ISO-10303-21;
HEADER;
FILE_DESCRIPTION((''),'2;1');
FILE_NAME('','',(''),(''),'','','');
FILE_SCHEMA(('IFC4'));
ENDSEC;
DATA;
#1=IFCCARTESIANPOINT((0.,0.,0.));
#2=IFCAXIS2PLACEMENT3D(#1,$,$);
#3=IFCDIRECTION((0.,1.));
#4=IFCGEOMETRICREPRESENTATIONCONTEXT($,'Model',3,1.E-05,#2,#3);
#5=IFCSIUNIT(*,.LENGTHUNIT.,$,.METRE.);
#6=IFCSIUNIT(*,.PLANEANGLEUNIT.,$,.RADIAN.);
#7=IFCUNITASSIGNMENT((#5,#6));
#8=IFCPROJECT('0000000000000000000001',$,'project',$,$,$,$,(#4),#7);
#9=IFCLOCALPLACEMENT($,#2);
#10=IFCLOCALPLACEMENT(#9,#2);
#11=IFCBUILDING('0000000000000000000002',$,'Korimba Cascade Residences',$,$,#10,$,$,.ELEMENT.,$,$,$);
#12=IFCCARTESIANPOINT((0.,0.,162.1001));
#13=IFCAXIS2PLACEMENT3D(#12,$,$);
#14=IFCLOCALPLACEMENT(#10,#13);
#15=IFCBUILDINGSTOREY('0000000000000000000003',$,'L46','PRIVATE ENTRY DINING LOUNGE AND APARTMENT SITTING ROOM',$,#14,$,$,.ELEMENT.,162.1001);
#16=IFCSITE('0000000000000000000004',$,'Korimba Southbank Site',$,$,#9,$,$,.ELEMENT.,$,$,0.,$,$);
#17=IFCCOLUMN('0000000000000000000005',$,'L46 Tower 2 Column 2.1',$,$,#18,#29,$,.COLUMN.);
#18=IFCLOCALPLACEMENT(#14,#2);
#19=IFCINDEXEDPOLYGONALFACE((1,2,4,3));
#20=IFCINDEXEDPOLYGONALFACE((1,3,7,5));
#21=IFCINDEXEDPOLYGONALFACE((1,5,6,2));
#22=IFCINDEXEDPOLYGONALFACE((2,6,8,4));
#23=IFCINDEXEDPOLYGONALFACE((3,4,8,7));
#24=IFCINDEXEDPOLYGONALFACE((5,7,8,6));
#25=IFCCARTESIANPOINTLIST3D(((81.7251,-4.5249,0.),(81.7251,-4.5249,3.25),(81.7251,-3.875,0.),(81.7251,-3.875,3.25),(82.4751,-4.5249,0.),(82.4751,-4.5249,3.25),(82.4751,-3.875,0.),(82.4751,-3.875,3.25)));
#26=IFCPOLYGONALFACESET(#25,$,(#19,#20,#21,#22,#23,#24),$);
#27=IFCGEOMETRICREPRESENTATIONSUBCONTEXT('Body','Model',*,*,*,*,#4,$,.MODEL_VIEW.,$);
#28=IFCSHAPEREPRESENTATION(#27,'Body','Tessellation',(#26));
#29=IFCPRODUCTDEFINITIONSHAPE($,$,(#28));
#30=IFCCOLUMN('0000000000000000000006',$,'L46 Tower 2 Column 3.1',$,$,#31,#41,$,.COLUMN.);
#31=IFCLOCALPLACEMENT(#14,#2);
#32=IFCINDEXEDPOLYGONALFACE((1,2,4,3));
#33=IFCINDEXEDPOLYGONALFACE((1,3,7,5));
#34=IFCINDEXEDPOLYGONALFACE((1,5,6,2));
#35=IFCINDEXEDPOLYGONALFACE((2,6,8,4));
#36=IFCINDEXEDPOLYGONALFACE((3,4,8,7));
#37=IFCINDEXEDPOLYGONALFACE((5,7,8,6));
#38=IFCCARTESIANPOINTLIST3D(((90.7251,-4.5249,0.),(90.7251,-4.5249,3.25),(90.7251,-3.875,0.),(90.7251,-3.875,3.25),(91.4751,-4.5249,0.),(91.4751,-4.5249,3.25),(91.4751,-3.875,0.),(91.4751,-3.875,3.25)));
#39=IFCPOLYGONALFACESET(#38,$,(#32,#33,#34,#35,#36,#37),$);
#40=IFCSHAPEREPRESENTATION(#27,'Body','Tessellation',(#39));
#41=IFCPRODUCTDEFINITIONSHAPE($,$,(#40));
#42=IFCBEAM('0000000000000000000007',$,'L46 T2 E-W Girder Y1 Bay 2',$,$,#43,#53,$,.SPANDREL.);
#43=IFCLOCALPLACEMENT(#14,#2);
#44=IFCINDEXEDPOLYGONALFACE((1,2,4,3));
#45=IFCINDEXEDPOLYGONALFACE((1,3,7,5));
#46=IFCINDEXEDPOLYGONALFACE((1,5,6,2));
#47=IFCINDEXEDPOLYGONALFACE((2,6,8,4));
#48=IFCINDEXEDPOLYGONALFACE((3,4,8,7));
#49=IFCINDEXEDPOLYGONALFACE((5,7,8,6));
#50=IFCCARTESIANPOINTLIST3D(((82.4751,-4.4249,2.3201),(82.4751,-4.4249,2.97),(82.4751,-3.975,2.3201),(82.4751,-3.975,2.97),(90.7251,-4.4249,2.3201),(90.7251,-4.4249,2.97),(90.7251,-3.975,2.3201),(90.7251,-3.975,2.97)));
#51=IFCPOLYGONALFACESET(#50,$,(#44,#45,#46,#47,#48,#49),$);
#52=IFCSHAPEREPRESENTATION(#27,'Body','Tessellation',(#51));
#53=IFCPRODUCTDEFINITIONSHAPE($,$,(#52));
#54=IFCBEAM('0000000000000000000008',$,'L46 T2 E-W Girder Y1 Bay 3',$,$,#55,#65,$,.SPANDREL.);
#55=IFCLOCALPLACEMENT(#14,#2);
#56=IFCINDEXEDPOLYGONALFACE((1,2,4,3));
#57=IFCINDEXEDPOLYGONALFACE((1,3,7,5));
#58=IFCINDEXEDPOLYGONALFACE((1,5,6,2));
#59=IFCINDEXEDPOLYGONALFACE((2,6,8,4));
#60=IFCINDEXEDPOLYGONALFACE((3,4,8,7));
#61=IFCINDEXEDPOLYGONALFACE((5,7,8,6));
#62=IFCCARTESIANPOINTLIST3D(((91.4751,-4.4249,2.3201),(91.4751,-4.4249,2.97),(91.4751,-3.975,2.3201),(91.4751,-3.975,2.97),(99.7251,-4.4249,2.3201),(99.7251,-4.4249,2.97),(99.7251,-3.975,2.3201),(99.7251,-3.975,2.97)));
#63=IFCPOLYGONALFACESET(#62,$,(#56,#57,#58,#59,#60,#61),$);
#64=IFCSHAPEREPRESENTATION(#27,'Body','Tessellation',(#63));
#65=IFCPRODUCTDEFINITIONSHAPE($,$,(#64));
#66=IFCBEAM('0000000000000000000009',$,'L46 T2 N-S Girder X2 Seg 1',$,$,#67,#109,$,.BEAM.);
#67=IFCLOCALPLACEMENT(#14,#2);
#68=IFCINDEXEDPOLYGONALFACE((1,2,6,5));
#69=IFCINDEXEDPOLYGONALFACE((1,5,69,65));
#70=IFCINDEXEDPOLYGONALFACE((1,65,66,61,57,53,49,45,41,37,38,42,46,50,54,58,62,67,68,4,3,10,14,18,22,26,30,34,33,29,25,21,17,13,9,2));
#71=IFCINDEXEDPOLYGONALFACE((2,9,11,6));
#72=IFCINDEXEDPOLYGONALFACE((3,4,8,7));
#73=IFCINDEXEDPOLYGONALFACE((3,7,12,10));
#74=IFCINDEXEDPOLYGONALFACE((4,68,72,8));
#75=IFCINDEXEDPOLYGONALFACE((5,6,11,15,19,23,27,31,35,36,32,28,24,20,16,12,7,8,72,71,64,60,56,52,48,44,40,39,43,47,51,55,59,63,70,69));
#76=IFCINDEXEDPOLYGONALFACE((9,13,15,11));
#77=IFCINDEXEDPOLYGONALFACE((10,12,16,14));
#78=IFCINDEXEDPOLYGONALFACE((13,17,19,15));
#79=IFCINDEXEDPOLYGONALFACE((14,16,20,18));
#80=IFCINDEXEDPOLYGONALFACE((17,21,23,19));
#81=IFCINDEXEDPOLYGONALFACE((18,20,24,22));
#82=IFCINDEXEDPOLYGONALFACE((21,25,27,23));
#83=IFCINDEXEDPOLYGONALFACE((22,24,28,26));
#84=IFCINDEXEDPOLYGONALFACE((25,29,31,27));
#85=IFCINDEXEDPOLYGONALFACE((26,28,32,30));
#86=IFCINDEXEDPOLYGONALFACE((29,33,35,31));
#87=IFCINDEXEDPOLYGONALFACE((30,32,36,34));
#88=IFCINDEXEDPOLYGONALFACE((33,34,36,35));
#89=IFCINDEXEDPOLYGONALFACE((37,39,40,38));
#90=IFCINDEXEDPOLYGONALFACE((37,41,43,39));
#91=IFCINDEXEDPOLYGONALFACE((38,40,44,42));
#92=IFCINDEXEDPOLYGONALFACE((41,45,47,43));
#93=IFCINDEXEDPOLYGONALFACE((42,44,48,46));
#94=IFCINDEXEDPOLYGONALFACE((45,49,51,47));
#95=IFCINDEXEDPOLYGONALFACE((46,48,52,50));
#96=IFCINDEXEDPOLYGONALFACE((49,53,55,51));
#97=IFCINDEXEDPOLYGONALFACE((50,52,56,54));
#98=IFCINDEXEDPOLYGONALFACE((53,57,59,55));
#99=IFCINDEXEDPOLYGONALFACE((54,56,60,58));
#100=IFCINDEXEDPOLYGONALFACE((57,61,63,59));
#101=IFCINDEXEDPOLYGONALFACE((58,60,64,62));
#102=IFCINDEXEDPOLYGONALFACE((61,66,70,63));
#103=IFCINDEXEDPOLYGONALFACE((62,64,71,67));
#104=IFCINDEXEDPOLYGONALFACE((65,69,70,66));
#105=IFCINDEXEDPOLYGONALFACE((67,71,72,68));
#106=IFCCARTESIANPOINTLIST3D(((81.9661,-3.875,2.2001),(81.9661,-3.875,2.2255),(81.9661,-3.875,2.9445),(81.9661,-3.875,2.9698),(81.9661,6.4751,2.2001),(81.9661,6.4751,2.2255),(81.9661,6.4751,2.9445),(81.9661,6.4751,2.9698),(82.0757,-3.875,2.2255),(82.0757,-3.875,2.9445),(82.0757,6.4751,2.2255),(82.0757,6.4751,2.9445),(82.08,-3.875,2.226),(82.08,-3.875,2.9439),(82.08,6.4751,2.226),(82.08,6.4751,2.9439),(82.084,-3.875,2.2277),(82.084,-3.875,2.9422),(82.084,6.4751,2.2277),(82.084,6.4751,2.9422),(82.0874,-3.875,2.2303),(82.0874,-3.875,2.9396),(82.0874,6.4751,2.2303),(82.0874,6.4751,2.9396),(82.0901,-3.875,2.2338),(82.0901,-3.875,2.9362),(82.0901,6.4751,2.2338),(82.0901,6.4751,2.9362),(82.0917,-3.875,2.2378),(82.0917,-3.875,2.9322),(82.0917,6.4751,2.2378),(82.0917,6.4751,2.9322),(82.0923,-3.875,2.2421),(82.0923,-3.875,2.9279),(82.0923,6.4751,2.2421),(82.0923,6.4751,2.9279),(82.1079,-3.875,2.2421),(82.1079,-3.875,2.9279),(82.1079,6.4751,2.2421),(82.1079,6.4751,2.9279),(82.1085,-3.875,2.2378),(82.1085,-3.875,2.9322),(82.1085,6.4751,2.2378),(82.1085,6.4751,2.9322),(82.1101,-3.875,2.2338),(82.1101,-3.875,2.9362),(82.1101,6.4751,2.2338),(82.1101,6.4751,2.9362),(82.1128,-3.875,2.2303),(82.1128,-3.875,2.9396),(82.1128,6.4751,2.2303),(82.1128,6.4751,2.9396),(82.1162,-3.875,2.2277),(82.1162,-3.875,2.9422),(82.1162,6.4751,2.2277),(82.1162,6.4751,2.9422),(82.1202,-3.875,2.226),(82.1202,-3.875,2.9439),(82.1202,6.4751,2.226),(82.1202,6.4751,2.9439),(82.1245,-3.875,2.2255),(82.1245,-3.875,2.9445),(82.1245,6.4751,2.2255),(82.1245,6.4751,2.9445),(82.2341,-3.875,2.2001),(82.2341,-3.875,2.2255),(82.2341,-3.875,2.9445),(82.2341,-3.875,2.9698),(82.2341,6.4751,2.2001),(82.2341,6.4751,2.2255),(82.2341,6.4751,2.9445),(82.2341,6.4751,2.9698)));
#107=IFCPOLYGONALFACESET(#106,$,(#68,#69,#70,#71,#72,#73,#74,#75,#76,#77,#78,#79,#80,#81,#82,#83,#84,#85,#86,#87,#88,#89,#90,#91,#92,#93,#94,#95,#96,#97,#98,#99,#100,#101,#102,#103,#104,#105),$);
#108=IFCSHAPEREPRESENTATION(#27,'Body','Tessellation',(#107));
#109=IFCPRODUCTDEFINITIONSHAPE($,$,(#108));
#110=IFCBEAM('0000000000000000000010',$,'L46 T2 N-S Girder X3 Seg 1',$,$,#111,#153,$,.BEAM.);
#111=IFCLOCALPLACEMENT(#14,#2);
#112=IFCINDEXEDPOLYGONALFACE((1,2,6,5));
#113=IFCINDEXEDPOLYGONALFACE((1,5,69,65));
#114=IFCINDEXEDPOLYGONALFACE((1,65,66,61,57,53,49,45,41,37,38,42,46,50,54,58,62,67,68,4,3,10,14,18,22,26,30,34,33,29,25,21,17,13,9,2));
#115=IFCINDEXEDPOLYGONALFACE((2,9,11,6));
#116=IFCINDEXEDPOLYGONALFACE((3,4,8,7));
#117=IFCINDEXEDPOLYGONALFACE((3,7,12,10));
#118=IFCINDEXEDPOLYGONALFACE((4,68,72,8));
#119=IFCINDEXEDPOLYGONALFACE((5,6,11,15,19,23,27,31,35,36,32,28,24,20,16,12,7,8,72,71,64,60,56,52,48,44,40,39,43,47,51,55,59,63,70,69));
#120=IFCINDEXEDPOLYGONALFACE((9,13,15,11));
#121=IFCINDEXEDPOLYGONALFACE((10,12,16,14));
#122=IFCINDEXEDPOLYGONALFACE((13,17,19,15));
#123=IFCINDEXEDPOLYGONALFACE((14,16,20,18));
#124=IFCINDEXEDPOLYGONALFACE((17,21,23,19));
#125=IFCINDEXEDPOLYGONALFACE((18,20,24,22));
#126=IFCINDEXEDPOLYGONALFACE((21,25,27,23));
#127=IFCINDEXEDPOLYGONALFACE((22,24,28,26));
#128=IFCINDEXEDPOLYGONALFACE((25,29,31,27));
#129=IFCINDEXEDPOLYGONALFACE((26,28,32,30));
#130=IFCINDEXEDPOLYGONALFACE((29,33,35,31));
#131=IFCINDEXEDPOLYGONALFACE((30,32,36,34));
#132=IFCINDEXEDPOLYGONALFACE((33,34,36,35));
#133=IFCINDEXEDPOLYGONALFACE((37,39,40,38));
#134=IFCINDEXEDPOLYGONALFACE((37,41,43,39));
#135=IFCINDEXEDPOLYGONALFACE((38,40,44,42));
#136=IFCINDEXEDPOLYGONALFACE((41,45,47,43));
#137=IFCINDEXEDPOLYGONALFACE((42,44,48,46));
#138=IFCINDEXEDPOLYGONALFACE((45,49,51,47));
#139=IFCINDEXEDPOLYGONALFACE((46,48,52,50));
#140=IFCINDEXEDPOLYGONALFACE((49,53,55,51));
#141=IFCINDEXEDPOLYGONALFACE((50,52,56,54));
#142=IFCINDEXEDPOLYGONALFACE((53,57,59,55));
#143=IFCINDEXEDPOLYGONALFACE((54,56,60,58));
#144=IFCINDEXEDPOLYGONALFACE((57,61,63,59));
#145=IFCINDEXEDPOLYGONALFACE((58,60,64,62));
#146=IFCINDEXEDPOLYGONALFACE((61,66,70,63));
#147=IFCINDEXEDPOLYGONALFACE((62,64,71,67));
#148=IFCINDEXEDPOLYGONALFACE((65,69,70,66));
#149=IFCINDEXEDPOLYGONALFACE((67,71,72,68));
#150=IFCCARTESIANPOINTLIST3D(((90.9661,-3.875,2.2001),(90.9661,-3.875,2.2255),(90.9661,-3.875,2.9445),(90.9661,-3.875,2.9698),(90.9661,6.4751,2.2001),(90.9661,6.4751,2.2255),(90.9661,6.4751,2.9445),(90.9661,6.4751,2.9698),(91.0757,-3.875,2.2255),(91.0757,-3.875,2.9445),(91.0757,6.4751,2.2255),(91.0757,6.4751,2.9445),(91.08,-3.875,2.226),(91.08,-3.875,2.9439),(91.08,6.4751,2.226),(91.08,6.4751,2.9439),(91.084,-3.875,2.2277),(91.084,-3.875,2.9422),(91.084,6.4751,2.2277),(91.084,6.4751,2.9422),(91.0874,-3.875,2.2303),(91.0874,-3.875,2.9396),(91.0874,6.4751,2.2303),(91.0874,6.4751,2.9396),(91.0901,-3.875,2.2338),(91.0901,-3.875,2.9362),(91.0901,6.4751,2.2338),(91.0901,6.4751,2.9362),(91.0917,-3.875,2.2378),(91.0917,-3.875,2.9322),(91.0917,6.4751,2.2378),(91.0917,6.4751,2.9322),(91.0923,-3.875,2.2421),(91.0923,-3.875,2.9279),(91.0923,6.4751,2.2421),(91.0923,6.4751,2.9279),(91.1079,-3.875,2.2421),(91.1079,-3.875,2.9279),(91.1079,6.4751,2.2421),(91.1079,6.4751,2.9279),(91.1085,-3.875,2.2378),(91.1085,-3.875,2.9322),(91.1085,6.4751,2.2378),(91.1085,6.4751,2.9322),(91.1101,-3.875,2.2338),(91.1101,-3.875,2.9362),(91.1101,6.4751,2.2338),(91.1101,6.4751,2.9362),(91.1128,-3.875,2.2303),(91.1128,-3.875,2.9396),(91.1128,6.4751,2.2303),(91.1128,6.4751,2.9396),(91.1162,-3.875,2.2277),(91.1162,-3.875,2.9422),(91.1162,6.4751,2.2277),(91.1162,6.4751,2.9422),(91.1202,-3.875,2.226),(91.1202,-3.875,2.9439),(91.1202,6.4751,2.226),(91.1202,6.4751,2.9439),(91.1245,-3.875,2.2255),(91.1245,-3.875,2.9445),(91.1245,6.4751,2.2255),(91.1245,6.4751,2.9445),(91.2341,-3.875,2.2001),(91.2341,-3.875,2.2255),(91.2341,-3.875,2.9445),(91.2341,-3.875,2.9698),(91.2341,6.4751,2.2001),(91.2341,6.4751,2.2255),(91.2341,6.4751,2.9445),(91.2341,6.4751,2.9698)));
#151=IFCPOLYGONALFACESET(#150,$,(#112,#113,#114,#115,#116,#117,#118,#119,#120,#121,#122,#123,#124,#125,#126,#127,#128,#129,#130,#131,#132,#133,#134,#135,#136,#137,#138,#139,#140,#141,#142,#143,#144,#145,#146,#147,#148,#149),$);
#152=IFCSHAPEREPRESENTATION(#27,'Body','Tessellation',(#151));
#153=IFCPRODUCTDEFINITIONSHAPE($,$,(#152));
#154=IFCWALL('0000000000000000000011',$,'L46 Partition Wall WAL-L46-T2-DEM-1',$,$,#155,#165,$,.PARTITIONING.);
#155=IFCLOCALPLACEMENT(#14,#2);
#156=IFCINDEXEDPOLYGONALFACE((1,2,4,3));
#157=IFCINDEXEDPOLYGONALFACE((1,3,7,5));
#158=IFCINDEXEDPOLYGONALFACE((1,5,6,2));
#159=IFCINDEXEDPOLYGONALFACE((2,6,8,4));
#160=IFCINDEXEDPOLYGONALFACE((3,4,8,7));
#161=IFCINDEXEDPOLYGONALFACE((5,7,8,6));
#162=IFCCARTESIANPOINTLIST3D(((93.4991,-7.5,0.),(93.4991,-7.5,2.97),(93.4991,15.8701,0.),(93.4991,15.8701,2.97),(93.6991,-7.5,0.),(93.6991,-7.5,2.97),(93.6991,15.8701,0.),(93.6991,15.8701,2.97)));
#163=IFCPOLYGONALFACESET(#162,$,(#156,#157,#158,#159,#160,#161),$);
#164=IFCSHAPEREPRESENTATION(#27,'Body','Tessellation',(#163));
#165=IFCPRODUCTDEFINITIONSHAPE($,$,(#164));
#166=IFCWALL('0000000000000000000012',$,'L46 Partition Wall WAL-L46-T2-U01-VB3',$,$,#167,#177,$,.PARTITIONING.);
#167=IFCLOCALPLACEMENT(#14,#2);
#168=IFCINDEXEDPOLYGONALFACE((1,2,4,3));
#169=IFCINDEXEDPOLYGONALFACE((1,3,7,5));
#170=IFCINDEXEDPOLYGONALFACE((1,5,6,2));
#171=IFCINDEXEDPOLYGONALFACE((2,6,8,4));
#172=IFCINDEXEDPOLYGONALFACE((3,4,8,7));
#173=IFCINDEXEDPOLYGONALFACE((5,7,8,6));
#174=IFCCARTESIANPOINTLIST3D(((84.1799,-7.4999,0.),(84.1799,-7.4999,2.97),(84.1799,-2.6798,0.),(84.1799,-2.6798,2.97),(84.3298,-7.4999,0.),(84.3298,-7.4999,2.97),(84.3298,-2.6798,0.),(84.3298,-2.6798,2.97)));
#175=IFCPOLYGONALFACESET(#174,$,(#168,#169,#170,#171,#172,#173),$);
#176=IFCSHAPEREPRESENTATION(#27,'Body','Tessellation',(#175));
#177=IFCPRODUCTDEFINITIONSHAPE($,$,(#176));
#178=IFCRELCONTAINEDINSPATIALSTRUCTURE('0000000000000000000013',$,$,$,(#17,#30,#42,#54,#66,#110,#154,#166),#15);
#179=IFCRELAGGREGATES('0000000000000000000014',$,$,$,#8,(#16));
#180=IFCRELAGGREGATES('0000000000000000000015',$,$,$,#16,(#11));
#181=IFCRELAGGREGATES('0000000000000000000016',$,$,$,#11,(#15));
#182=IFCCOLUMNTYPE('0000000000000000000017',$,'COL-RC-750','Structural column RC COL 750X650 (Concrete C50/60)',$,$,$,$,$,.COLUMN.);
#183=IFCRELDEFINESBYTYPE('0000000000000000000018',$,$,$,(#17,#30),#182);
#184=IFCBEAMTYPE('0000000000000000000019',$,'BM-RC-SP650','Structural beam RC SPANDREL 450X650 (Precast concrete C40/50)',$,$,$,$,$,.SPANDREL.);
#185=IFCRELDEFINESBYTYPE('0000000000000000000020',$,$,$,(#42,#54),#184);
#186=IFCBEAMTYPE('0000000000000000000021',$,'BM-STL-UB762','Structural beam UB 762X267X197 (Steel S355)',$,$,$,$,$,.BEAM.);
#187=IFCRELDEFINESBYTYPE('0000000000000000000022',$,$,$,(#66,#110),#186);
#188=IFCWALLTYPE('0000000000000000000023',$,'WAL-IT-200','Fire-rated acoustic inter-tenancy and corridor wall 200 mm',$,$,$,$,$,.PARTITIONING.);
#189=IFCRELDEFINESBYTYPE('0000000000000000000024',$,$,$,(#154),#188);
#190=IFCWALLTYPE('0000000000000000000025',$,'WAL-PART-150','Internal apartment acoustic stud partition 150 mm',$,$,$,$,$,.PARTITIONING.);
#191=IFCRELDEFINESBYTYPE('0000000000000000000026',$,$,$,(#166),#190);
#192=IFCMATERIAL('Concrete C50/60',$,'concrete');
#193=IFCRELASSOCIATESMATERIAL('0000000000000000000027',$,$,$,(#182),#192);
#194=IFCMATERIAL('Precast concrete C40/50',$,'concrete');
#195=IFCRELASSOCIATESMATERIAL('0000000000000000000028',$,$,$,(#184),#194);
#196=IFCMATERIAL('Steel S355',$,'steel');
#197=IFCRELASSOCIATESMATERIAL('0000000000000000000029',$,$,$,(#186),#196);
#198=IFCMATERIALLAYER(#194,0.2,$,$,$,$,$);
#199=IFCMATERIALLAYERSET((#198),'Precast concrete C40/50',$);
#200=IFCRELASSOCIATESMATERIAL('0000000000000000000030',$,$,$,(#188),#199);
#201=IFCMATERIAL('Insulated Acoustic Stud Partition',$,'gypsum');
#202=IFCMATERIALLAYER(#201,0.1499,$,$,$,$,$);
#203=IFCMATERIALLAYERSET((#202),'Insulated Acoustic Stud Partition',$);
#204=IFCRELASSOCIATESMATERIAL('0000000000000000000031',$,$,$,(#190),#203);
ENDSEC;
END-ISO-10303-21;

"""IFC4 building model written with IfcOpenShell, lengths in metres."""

from ifc_helpers import new_model, si_unit, direction, frame, frame_2d, origin, origin_2d, place, context, subcontext, project, spatial, rectangle, i_section, extrude, material, layer, layer_set, material_profile, profile_set, type_object, element, save


model = new_model("IFC4")

# Units and contexts
model_context = context("Model", 3, precision=1e-05, world=origin(), true_north=direction((0.0, 1.0)))
body_context = subcontext(model_context, "Body", "Model", "MODEL_VIEW")
ifc_project = project(units=[si_unit("LENGTHUNIT", "METRE"), si_unit("PLANEANGLEUNIT", "RADIAN")], contexts=[model_context])

# Site, building, storey
site_placement = place(None, origin())
site = spatial("IfcSite", under=ifc_project, at=site_placement, Name="Korimba Southbank Site", CompositionType="ELEMENT", RefElevation=0.0)
building_placement = place(site_placement, origin())
building = spatial("IfcBuilding", under=site, at=building_placement, Name="Korimba Cascade Residences", CompositionType="ELEMENT")
storey_placement = place(building_placement, frame((0.0, 0.0, 162.1001)))
storey = spatial("IfcBuildingStorey", under=building, at=storey_placement, Name="L46", Description="PRIVATE ENTRY DINING LOUNGE AND APARTMENT SITTING ROOM", CompositionType="ELEMENT", Elevation=162.1001)

# Columns
ifc_material_1 = material(Name="Concrete C50/60", Category="concrete")
ifc_material_profile_1 = material_profile(ifc_material_1, rectangle(XDim=0.75, YDim=0.6499, at=origin_2d()), Name="Concrete C50/60")
ifc_profile_set_1 = profile_set([ifc_material_profile_1], Name="Concrete C50/60")
column_type = type_object("IfcColumnType", Name="COL-RC-750", Description="Structural column RC COL 750X650 (Concrete C50/60)", PredefinedType="COLUMN", material=ifc_profile_set_1)
for number, where, z_axis, x_axis, name in (
    (1, (82.1001, -4.2, 0.0), (0.0, 0.0, 1.0), (1.0, 0.0, 0.0), "L46 Tower 2 Column 2.1"),
    (2, (91.1001, -4.2, 0.0), (0.0, 0.0, 1.0), (1.0, 0.0, 0.0), "L46 Tower 2 Column 3.1"),
):
    element("IfcColumn", number, at=place(storey_placement, frame(where, z_axis=z_axis, x_axis=x_axis)), inside=storey, type_object=column_type, Name=name, PredefinedType="COLUMN", context=body_context, shape_type="SweptSolid", body=[
        extrude(rectangle(XDim=0.75, YDim=0.6499, at=origin_2d()), origin(), (0.0, 0.0, 1.0), 3.25),
    ])

# Beams
ifc_material_2 = material(Name="Precast concrete C40/50", Category="concrete")
ifc_material_profile_2 = material_profile(ifc_material_2, rectangle(XDim=0.45, YDim=0.6499, at=origin_2d()), Name="Precast concrete C40/50")
ifc_profile_set_2 = profile_set([ifc_material_profile_2], Name="Precast concrete C40/50")
beam_type_1 = type_object("IfcBeamType", Name="BM-RC-SP650", Description="Structural beam RC SPANDREL 450X650 (Precast concrete C40/50)", PredefinedType="SPANDREL", material=ifc_profile_set_2)
for number, where, z_axis, x_axis, name in (
    (3, (82.4751, -4.2, 2.645), (1.0, 0.0, 0.0), (0.0, 1.0, 0.0), "L46 T2 E-W Girder Y1 Bay 2"),
    (4, (91.4751, -4.2, 2.645), (1.0, 0.0, 0.0), (0.0, 1.0, 0.0), "L46 T2 E-W Girder Y1 Bay 3"),
):
    element("IfcBeam", number, at=place(storey_placement, frame(where, z_axis=z_axis, x_axis=x_axis)), inside=storey, type_object=beam_type_1, Name=name, PredefinedType="SPANDREL", context=body_context, shape_type="SweptSolid", body=[
        extrude(rectangle(XDim=0.45, YDim=0.6499, at=origin_2d()), origin(), (0.0, 0.0, 1.0), 8.25),
    ])
ifc_material_3 = material(Name="Steel S355", Category="steel")
ifc_material_profile_3 = material_profile(ifc_material_3, i_section(OverallWidth=0.2681, OverallDepth=0.7698, WebThickness=0.0156, FlangeThickness=0.0254, FilletRadius=0.0166, at=origin_2d()), Name="Steel S355")
ifc_profile_set_3 = profile_set([ifc_material_profile_3], Name="Steel S355")
beam_type_2 = type_object("IfcBeamType", Name="BM-STL-UB762", Description="Structural beam UB 762X267X197 (Steel S355)", PredefinedType="BEAM", material=ifc_profile_set_3)
for number, where, z_axis, x_axis, name in (
    (5, (82.1001, -3.875, 2.585), (0.0, 1.0, 0.0), (-1.0, 0.0, 0.0), "L46 T2 N-S Girder X2 Seg 1"),
    (6, (91.1001, -3.875, 2.585), (0.0, 1.0, 0.0), (-1.0, 0.0, 0.0), "L46 T2 N-S Girder X3 Seg 1"),
):
    element("IfcBeam", number, at=place(storey_placement, frame(where, z_axis=z_axis, x_axis=x_axis)), inside=storey, type_object=beam_type_2, Name=name, PredefinedType="BEAM", context=body_context, shape_type="SweptSolid", body=[
        extrude(i_section(OverallWidth=0.2681, OverallDepth=0.7698, WebThickness=0.0156, FlangeThickness=0.0254, FilletRadius=0.0166, at=origin_2d()), origin(), (0.0, 0.0, 1.0), 10.3501),
    ])

# Walls
ifc_layer_1 = layer(ifc_material_2, 0.2)
ifc_layer_set_1 = layer_set([ifc_layer_1], Name="Precast concrete C40/50")
wall_type_1 = type_object("IfcWallType", Name="WAL-IT-200", Description="Fire-rated acoustic inter-tenancy and corridor wall 200 mm", PredefinedType="PARTITIONING", material=ifc_layer_set_1)
wall_1_placement = place(storey_placement, frame((93.5991, -7.5, 0.0), z_axis=(0.0, 0.0, 1.0), x_axis=(0.0, 1.0, 0.0)))
element("IfcWall", 7, at=wall_1_placement, inside=storey, type_object=wall_type_1, Name="L46 Partition Wall WAL-L46-T2-DEM-1", PredefinedType="PARTITIONING", context=body_context, shape_type="SweptSolid", body=[
    extrude(rectangle(XDim=23.3701, YDim=0.2, at=frame_2d((11.6851, 0.0))), origin(), (0.0, 0.0, 1.0), 2.97),
])
ifc_material_4 = material(Name="Insulated Acoustic Stud Partition", Category="gypsum")
ifc_layer_2 = layer(ifc_material_4, 0.1499)
ifc_layer_set_2 = layer_set([ifc_layer_2], Name="Insulated Acoustic Stud Partition")
wall_type_2 = type_object("IfcWallType", Name="WAL-PART-150", Description="Internal apartment acoustic stud partition 150 mm", PredefinedType="PARTITIONING", material=ifc_layer_set_2)
wall_2_placement = place(storey_placement, frame((84.2549, -7.5, 0.0), z_axis=(0.0, 0.0, 1.0), x_axis=(0.0, 1.0, 0.0)))
element("IfcWall", 8, at=wall_2_placement, inside=storey, type_object=wall_type_2, Name="L46 Partition Wall WAL-L46-T2-U01-VB3", PredefinedType="PARTITIONING", context=body_context, shape_type="SweptSolid", body=[
    extrude(rectangle(XDim=4.8201, YDim=0.1499, at=frame_2d((2.4102, 0.0))), origin(), (0.0, 0.0, 1.0), 2.97),
])

save(model, "model.ifc")
